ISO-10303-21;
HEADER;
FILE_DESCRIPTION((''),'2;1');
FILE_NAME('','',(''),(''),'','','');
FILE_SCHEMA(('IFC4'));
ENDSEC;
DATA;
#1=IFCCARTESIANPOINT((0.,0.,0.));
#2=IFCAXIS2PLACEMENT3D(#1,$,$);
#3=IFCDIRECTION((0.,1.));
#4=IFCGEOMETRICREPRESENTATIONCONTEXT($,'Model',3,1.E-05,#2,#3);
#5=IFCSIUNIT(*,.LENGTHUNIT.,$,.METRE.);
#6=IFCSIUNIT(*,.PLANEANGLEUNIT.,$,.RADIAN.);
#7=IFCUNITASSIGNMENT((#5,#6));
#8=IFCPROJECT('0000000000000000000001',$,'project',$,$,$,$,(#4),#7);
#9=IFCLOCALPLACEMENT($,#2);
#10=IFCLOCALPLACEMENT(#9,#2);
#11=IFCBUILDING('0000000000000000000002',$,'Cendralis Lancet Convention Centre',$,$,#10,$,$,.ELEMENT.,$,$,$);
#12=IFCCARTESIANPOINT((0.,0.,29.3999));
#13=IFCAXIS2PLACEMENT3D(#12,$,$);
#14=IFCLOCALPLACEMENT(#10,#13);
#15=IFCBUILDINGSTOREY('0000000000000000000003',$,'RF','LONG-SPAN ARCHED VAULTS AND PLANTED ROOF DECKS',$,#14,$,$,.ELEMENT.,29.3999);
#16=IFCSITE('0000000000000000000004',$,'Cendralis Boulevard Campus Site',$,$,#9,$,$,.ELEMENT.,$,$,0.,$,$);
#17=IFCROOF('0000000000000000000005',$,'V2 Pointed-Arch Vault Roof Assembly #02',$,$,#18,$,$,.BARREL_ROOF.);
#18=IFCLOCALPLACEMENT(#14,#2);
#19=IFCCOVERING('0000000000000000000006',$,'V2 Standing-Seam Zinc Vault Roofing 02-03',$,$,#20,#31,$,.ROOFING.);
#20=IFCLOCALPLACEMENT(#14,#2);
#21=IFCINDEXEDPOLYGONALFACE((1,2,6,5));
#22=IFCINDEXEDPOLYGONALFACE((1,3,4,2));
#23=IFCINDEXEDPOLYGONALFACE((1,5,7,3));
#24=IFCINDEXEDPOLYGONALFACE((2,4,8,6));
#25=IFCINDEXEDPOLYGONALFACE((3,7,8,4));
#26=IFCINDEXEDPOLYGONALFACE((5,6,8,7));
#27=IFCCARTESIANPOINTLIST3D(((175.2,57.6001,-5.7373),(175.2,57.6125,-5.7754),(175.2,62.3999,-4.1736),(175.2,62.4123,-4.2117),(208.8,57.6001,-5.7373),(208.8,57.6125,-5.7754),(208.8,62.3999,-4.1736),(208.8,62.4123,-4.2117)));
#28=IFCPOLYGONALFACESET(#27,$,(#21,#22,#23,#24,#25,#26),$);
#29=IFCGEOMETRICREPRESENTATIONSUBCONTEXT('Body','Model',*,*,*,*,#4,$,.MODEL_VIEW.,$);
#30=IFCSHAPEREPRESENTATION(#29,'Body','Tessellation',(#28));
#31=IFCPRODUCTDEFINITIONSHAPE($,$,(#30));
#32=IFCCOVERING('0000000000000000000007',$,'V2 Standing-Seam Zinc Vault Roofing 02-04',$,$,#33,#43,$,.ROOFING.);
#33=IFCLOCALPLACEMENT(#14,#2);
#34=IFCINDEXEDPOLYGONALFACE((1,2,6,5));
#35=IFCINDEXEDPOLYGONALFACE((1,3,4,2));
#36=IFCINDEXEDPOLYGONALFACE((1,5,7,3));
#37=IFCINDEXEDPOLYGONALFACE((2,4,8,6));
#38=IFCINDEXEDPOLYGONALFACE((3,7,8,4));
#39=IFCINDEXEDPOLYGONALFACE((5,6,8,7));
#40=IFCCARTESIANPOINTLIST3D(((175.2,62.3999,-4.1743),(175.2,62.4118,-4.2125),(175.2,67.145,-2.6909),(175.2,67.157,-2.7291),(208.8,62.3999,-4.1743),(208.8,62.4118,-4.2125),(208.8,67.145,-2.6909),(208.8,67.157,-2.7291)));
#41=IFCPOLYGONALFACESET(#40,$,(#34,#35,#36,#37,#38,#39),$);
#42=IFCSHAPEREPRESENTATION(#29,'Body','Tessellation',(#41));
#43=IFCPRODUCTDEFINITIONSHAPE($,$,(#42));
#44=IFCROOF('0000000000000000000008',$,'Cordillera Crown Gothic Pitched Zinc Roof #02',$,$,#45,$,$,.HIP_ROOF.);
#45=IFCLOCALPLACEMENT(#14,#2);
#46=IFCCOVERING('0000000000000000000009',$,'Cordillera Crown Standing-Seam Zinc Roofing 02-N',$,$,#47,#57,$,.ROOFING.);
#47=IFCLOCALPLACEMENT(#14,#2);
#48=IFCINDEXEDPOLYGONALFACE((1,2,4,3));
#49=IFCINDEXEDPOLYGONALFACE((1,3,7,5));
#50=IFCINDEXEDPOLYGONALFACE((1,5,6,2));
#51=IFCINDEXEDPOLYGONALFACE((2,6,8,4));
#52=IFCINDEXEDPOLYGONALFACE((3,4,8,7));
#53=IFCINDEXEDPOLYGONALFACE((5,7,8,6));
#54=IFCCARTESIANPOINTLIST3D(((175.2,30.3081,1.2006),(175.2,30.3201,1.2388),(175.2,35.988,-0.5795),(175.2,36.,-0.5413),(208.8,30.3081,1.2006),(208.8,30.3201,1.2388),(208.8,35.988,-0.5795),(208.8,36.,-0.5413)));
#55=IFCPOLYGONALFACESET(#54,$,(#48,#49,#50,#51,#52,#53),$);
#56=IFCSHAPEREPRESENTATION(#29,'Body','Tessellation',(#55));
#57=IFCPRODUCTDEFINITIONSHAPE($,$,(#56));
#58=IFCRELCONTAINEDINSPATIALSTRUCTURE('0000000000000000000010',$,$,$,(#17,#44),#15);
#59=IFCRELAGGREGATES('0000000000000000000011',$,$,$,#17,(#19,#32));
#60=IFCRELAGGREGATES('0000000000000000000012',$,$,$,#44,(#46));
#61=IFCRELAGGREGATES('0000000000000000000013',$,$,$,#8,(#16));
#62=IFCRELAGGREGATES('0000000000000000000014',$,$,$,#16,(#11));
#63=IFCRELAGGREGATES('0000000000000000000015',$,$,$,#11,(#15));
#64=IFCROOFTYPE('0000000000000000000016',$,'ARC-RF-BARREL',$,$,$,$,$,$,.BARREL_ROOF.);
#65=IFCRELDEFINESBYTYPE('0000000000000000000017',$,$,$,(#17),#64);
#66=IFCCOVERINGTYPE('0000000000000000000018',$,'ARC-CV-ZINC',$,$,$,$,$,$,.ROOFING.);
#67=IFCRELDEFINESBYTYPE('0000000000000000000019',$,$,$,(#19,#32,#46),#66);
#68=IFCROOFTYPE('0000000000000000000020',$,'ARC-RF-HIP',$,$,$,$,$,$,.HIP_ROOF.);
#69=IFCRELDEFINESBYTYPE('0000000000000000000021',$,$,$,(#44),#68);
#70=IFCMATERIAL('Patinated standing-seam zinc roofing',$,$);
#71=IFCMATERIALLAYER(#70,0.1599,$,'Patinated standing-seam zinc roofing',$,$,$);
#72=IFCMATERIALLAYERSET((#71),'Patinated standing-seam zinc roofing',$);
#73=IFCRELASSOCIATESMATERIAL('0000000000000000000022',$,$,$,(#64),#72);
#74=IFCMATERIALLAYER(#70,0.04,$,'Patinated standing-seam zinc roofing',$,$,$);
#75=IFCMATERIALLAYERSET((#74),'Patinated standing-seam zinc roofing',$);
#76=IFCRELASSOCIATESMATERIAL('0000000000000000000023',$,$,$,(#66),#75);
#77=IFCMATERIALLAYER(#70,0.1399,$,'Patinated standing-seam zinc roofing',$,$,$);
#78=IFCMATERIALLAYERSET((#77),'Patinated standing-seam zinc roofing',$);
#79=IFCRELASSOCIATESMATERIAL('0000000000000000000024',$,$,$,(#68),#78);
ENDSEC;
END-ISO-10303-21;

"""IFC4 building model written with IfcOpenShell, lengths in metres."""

from ifc_helpers import new_model, si_unit, direction, frame, origin, place, context, subcontext, project, spatial, polyline, outline, extrude, material, layer, layer_set, type_object, element, aggregate, save


model = new_model("IFC4")

# Units and contexts
model_context = context("Model", 3, precision=1e-05, world=origin(), true_north=direction((0.0, 1.0)))
body_context = subcontext(model_context, "Body", "Model", "MODEL_VIEW")
ifc_project = project(units=[si_unit("LENGTHUNIT", "METRE"), si_unit("PLANEANGLEUNIT", "RADIAN")], contexts=[model_context])

# Site, building, storey
site_placement = place(None, origin())
site = spatial("IfcSite", under=ifc_project, at=site_placement, Name="Cendralis Boulevard Campus Site", CompositionType="ELEMENT", RefElevation=0.0)
building_placement = place(site_placement, origin())
building = spatial("IfcBuilding", under=site, at=building_placement, Name="Cendralis Lancet Convention Centre", CompositionType="ELEMENT")
storey_placement = place(building_placement, frame((0.0, 0.0, 29.3999)))
storey = spatial("IfcBuildingStorey", under=building, at=storey_placement, Name="RF", Description="LONG-SPAN ARCHED VAULTS AND PLANTED ROOF DECKS", CompositionType="ELEMENT", Elevation=29.3999)

# Roof, coverings
ifc_material_1 = material(Name="Patinated standing-seam zinc roofing")
ifc_layer_1 = layer(ifc_material_1, 0.1599, Name="Patinated standing-seam zinc roofing")
ifc_layer_set_1 = layer_set([ifc_layer_1], Name="Patinated standing-seam zinc roofing")
roof_type_1 = type_object("IfcRoofType", Name="ARC-RF-BARREL", PredefinedType="BARREL_ROOF", material=ifc_layer_set_1)
roof_1_placement = place(storey_placement, origin())
roof_1 = element("IfcRoof", 1, at=roof_1_placement, inside=storey, type_object=roof_type_1, Name="V2 Pointed-Arch Vault Roof Assembly #02", PredefinedType="BARREL_ROOF")
ifc_layer_2 = layer(ifc_material_1, 0.04, Name="Patinated standing-seam zinc roofing")
ifc_layer_set_2 = layer_set([ifc_layer_2], Name="Patinated standing-seam zinc roofing")
covering_type = type_object("IfcCoveringType", Name="ARC-CV-ZINC", PredefinedType="ROOFING", material=ifc_layer_set_2)
covering_1_placement = place(storey_placement, frame((175.2, 57.6001, -5.7373), z_axis=(0.0, -0.309764, 0.950813), x_axis=(1.0, 0.0, 0.0)))
covering_1 = element("IfcCovering", 2, at=covering_1_placement, type_object=covering_type, Name="V2 Standing-Seam Zinc Vault Roofing 02-03", PredefinedType="ROOFING", context=body_context, shape_type="SweptSolid", body=[
    extrude(outline(polyline([(0.0, 0.0), (33.6001, 0.0), (33.6001, 5.0481), (0.0, 5.0481), (0.0, 0.0)])), origin(), (0.0, 0.0, -1.0), 0.04),
])
covering_2_placement = place(storey_placement, frame((175.2, 62.3999, -4.1743), z_axis=(0.0, -0.298376, 0.954449), x_axis=(1.0, 0.0, 0.0)))
covering_2 = element("IfcCovering", 3, at=covering_2_placement, type_object=covering_type, Name="V2 Standing-Seam Zinc Vault Roofing 02-04", PredefinedType="ROOFING", context=body_context, shape_type="SweptSolid", body=[
    extrude(outline(polyline([(0.0, 0.0), (33.6001, 0.0), (33.6001, 4.9716), (0.0, 4.9716), (0.0, 0.0)])), origin(), (0.0, 0.0, -1.0), 0.04),
])
aggregate(roof_1, [covering_1, covering_2])

# Roof, covering
ifc_layer_3 = layer(ifc_material_1, 0.1399, Name="Patinated standing-seam zinc roofing")
ifc_layer_set_3 = layer_set([ifc_layer_3], Name="Patinated standing-seam zinc roofing")
roof_type_2 = type_object("IfcRoofType", Name="ARC-RF-HIP", PredefinedType="HIP_ROOF", material=ifc_layer_set_3)
roof_2_placement = place(storey_placement, origin())
roof_2 = element("IfcRoof", 4, at=roof_2_placement, inside=storey, type_object=roof_type_2, Name="Cordillera Crown Gothic Pitched Zinc Roof #02", PredefinedType="HIP_ROOF")
covering_3_placement = place(storey_placement, frame((175.2, 30.3201, 1.2388), z_axis=(0.0, 0.299048, 0.954238), x_axis=(1.0, 0.0, 0.0)))
covering_3 = element("IfcCovering", 5, at=covering_3_placement, type_object=covering_type, Name="Cordillera Crown Standing-Seam Zinc Roofing 02-N", PredefinedType="ROOFING", context=body_context, shape_type="SweptSolid", body=[
    extrude(outline(polyline([(0.0, 0.0), (33.6001, 0.0), (33.6001, 5.9523), (0.0, 5.9523), (0.0, 0.0)])), origin(), (0.0, 0.0, -1.0), 0.04),
])
aggregate(roof_2, [covering_3])

save(model, "model.ifc")
